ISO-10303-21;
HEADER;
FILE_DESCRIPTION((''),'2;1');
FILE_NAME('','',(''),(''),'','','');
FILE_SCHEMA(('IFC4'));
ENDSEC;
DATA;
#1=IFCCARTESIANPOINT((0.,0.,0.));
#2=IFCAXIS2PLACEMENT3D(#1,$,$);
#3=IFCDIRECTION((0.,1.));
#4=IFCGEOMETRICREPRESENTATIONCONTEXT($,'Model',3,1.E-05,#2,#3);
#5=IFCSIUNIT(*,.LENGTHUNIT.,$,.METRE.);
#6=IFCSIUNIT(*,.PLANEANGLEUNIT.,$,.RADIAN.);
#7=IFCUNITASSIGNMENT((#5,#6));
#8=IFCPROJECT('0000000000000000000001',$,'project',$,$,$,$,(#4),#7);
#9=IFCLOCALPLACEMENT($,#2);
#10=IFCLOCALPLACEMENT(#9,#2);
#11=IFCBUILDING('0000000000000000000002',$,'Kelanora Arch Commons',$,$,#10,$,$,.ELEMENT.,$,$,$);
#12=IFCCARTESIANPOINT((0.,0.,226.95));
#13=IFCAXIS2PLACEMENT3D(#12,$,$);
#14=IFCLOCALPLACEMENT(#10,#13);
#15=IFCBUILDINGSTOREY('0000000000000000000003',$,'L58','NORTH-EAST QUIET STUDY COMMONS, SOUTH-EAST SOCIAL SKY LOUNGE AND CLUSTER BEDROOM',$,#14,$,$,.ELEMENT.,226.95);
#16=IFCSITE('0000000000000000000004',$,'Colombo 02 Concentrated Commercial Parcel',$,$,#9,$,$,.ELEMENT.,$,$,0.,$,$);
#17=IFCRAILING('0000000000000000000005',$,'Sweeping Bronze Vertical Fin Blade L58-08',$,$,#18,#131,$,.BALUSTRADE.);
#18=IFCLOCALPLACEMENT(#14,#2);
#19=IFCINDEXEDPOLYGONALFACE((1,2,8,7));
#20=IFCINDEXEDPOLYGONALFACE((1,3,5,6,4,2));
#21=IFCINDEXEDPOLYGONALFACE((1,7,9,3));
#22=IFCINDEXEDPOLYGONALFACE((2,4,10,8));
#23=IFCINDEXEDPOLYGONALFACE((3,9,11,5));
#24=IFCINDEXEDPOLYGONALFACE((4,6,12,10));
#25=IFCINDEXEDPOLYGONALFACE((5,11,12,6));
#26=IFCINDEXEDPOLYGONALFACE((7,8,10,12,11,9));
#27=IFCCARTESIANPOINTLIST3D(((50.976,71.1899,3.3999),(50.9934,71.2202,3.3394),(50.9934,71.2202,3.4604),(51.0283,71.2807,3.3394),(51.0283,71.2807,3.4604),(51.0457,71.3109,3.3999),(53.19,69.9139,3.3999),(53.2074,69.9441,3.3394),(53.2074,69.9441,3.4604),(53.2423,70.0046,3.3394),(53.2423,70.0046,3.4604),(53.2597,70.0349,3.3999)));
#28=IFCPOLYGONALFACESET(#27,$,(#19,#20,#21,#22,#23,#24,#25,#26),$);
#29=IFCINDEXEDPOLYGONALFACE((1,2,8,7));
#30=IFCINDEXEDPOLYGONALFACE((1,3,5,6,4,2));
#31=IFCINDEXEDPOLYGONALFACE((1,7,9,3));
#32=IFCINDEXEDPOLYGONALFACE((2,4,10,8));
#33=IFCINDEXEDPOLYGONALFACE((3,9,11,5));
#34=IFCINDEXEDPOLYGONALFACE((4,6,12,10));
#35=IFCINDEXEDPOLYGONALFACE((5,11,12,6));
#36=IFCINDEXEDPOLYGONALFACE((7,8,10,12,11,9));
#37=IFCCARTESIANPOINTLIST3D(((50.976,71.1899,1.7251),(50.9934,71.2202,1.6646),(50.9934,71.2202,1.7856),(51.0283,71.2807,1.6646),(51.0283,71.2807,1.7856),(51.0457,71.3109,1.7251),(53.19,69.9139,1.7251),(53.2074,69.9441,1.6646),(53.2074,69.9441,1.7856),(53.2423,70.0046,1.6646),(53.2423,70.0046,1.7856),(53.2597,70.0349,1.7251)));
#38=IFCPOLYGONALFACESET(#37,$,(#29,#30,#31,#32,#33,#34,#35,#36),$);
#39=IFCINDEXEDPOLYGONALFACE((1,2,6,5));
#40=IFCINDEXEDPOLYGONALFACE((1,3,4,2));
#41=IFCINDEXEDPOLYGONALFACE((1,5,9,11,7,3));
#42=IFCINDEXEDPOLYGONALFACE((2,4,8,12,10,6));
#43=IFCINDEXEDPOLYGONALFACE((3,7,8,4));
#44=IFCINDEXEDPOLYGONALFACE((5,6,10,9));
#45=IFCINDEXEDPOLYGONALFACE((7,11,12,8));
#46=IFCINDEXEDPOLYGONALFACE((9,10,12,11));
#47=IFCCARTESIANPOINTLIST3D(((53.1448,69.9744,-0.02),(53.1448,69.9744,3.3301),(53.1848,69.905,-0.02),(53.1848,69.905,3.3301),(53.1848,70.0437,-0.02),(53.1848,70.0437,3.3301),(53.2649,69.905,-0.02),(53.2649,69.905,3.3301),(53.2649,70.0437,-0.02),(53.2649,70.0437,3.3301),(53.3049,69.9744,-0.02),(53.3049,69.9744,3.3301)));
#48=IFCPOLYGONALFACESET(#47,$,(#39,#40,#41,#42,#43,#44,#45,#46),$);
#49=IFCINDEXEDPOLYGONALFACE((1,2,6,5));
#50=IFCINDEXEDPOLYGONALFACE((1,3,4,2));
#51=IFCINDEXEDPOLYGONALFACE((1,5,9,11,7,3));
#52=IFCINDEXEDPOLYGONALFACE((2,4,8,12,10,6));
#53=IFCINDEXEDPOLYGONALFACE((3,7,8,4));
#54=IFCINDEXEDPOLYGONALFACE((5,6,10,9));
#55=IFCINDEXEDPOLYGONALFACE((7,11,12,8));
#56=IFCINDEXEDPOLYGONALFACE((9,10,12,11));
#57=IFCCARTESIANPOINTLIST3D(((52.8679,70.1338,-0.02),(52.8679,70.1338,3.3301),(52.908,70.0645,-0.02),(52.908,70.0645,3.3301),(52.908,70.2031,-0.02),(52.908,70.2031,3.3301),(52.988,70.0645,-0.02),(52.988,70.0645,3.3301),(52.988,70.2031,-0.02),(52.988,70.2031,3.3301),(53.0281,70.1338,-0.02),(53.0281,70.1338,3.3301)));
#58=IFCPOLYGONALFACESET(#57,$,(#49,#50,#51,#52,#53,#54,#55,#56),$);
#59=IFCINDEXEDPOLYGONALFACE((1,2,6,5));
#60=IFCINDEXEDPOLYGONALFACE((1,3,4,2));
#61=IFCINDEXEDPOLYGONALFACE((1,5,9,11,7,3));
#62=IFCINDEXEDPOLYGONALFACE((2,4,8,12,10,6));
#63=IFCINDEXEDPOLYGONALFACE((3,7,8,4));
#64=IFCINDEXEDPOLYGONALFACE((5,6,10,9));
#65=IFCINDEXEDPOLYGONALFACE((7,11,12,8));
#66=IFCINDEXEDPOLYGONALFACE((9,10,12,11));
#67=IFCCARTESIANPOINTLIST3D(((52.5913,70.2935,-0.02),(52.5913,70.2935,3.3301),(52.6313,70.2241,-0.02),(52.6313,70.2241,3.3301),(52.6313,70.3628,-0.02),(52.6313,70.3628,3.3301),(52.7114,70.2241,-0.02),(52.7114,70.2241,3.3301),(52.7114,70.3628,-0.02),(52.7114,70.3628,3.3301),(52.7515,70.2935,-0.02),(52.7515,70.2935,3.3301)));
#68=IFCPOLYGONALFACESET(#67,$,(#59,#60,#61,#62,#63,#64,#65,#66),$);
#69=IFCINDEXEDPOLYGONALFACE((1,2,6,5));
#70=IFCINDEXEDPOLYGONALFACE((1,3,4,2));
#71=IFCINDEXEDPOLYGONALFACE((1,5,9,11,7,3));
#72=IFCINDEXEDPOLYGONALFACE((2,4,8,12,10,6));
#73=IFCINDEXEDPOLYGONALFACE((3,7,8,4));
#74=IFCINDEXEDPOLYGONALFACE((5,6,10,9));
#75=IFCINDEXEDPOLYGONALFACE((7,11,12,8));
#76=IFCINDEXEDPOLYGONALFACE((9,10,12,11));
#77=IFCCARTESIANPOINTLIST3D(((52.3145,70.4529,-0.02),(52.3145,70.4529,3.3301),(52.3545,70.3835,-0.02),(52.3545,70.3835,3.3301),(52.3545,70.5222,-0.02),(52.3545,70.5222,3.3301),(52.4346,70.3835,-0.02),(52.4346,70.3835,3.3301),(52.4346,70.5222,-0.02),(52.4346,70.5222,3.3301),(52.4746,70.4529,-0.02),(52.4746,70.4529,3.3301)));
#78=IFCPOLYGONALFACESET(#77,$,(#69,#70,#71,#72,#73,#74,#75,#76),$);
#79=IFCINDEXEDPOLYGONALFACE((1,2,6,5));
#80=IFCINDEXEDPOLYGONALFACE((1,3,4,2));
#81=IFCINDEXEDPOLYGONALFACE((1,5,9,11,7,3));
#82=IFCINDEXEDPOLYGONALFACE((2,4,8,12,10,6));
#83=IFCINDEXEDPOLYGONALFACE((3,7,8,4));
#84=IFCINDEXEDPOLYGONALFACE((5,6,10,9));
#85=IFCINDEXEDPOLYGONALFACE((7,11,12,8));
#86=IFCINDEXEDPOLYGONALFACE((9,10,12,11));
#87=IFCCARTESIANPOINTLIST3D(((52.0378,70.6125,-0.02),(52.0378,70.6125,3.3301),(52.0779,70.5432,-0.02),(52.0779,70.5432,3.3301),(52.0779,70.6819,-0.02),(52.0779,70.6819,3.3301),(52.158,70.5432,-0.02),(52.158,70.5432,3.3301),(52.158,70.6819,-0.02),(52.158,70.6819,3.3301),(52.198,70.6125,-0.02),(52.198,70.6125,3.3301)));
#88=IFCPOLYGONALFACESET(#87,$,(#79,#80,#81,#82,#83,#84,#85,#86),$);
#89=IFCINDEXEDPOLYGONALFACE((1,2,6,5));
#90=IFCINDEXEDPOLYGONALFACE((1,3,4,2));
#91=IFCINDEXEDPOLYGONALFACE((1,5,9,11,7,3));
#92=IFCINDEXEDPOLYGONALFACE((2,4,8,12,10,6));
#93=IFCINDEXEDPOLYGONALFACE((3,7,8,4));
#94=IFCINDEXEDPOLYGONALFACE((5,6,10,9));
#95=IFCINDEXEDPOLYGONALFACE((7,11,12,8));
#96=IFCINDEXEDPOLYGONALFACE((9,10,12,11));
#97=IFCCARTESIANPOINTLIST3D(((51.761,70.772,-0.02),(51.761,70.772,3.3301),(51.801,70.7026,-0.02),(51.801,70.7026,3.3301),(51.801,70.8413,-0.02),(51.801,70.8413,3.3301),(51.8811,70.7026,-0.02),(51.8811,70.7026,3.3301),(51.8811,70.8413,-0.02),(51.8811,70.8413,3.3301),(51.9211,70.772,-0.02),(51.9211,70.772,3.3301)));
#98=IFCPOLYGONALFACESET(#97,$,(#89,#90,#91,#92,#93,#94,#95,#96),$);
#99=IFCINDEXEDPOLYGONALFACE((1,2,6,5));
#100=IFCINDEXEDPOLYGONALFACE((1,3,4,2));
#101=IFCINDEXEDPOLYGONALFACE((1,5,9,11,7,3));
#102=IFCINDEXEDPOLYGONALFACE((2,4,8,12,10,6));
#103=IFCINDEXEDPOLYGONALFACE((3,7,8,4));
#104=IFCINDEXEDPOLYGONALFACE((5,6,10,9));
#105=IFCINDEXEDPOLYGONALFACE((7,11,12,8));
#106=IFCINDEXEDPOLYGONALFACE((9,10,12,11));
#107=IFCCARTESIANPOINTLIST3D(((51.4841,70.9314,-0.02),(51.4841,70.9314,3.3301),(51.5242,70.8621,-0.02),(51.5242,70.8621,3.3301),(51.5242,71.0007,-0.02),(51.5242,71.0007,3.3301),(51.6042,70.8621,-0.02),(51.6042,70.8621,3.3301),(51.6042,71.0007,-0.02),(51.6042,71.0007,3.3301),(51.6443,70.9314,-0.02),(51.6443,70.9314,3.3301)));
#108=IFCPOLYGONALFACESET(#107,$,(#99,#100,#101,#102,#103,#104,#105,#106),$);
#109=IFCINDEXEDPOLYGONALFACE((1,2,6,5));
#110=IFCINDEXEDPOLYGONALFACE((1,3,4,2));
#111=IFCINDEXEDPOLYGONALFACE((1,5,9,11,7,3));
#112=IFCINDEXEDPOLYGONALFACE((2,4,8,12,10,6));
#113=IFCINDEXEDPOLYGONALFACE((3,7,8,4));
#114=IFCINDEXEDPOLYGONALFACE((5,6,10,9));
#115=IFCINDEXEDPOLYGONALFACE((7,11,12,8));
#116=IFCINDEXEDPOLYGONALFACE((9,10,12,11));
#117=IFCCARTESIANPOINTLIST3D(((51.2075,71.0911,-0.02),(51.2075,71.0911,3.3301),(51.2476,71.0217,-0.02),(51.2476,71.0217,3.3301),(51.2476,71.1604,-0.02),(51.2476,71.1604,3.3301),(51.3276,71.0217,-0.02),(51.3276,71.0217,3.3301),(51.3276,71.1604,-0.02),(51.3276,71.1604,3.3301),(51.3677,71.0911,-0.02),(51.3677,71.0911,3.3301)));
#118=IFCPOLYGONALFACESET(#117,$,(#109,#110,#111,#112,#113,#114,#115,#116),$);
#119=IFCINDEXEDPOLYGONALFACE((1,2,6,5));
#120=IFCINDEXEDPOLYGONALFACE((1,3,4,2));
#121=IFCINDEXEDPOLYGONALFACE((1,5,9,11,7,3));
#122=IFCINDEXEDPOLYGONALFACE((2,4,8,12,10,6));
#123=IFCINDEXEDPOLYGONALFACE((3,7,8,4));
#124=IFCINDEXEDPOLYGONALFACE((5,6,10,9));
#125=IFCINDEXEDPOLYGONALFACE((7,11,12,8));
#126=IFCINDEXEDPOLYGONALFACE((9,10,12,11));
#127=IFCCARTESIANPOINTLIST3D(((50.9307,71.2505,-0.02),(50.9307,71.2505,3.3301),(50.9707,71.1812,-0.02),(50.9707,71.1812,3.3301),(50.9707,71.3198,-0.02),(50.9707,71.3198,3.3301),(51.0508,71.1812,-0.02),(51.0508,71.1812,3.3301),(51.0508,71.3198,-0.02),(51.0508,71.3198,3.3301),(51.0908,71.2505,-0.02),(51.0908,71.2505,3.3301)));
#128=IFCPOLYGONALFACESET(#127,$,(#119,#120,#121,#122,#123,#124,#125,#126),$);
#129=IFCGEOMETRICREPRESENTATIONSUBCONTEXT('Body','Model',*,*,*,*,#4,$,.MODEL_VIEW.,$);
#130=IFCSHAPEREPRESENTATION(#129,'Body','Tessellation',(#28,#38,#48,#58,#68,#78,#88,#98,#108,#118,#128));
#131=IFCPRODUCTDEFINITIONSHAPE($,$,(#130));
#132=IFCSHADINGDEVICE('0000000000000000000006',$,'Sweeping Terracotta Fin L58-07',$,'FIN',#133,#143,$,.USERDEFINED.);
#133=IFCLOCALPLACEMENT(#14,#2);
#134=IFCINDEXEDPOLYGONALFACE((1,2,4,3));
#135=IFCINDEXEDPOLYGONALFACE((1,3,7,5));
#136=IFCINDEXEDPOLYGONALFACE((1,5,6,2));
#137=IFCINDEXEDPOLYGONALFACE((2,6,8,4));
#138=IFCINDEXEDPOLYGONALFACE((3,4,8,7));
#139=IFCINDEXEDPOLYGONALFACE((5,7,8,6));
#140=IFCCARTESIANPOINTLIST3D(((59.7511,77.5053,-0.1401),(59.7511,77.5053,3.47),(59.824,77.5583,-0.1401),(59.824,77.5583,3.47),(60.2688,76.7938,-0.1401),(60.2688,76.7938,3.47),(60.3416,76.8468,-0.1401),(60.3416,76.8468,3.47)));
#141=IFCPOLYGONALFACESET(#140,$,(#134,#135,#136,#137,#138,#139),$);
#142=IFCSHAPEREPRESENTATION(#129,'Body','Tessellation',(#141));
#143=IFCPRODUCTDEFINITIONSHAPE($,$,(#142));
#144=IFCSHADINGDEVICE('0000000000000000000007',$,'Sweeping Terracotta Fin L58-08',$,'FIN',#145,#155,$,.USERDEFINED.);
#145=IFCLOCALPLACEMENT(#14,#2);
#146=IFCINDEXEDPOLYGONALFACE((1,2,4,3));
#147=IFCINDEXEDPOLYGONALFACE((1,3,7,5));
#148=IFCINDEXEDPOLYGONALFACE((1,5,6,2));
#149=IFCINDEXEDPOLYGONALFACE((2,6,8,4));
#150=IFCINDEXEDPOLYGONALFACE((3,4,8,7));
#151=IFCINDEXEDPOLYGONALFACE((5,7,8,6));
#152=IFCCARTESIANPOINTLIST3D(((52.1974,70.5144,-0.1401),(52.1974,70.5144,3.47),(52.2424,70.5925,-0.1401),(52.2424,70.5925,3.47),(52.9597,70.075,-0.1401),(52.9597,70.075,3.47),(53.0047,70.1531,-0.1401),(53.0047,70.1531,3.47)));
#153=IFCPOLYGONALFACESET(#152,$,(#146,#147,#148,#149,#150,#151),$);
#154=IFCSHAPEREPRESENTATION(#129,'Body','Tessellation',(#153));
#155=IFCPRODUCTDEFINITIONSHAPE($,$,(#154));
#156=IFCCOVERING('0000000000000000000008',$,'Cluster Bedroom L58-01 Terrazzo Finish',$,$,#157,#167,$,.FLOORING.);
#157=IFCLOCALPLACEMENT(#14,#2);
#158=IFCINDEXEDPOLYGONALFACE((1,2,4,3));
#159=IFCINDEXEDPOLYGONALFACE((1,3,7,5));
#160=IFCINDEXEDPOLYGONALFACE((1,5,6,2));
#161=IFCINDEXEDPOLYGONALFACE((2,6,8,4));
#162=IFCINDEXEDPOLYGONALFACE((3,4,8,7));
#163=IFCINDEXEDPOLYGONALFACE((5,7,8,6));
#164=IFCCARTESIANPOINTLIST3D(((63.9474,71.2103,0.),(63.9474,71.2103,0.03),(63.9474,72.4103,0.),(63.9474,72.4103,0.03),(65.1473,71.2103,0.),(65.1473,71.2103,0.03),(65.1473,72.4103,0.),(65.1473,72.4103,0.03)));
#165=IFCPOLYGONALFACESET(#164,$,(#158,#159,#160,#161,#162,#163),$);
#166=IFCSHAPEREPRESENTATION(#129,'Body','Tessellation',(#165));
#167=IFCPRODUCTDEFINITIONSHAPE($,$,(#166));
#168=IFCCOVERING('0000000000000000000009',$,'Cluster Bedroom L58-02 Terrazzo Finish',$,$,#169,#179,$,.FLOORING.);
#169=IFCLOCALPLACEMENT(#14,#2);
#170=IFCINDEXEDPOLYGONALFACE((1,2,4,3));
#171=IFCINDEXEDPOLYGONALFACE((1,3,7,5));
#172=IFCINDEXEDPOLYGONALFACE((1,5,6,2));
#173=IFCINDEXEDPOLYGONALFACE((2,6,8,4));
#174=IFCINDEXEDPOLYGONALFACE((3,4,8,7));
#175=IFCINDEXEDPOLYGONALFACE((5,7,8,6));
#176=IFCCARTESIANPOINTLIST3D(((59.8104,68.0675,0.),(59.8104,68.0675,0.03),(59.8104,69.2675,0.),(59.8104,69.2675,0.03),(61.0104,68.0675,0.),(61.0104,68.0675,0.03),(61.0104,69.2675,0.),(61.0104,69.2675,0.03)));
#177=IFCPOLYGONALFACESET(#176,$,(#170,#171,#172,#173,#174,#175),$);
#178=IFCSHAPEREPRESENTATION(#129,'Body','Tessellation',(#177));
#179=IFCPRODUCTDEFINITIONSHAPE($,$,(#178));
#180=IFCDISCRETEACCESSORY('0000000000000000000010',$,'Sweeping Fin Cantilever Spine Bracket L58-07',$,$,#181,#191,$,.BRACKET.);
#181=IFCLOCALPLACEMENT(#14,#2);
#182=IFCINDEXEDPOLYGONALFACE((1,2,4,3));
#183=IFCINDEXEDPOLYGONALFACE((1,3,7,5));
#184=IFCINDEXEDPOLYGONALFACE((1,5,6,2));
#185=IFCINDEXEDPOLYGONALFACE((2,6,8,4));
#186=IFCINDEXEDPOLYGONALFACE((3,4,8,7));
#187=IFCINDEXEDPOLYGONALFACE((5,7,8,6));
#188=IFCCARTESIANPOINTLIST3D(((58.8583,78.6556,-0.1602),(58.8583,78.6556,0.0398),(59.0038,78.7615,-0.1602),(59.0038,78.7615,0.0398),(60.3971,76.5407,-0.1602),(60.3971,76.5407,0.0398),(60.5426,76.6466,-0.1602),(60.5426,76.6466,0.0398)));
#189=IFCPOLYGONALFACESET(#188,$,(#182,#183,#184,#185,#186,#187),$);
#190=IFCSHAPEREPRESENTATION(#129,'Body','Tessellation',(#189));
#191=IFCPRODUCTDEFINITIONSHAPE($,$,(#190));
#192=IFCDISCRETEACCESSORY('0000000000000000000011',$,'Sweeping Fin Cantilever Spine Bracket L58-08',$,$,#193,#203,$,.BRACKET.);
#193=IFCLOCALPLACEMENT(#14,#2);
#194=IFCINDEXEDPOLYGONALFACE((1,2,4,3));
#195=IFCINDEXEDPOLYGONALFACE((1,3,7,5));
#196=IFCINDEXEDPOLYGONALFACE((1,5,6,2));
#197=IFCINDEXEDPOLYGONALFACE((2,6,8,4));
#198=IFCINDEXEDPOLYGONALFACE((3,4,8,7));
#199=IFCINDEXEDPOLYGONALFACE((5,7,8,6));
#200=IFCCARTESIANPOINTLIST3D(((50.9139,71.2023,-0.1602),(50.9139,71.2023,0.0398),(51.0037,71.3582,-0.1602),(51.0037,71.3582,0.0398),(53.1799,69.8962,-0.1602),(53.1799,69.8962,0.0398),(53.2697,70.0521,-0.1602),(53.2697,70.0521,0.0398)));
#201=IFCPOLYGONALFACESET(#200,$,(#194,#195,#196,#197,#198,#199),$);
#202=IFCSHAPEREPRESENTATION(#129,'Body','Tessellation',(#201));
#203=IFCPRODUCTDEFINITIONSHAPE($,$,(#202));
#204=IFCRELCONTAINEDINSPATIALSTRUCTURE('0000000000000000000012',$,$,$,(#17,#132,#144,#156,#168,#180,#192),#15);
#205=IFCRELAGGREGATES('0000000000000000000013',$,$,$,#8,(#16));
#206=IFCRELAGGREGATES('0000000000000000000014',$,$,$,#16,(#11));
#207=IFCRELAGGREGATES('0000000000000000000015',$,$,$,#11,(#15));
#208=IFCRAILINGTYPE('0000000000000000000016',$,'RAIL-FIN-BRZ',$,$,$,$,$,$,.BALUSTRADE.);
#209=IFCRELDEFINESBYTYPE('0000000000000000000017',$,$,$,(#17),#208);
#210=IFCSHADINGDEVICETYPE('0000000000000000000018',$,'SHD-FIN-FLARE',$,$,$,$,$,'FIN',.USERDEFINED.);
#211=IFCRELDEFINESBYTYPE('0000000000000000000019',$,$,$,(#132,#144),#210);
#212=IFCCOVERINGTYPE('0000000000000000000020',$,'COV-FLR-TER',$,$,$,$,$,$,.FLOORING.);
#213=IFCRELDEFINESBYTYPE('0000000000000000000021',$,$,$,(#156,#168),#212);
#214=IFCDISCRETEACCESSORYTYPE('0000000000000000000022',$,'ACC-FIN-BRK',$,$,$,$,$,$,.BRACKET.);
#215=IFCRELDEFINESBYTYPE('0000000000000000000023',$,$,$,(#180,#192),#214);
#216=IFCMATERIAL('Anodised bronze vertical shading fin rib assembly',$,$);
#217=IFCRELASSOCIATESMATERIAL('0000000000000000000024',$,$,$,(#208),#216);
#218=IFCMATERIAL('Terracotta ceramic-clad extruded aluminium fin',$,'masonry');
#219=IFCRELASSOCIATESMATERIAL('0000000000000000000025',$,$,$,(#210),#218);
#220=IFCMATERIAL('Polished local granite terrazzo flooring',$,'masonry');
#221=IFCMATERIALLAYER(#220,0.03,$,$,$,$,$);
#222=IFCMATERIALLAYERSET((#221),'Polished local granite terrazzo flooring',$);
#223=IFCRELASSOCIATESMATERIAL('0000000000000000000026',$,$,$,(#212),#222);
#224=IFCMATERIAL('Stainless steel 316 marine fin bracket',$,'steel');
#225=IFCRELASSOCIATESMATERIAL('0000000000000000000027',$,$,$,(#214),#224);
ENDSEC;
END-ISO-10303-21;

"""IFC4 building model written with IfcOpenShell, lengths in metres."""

from ifc_helpers import new_model, si_unit, direction, frame, origin, origin_2d, place, context, subcontext, project, spatial, polyline, rectangle, outline, extrude, source, transform, mapped, material, layer, layer_set, type_object, element, save


model = new_model("IFC4")

# Units and contexts
model_context = context("Model", 3, precision=1e-05, world=origin(), true_north=direction((0.0, 1.0)))
body_context = subcontext(model_context, "Body", "Model", "MODEL_VIEW")
ifc_project = project(units=[si_unit("LENGTHUNIT", "METRE"), si_unit("PLANEANGLEUNIT", "RADIAN")], contexts=[model_context])

# Site, building, storey
site_placement = place(None, origin())
site = spatial("IfcSite", under=ifc_project, at=site_placement, Name="Colombo 02 Concentrated Commercial Parcel", CompositionType="ELEMENT", RefElevation=0.0)
building_placement = place(site_placement, origin())
building = spatial("IfcBuilding", under=site, at=building_placement, Name="Kelanora Arch Commons", CompositionType="ELEMENT")
storey_placement = place(building_placement, frame((0.0, 0.0, 226.95)))
storey = spatial("IfcBuildingStorey", under=building, at=storey_placement, Name="L58", Description="NORTH-EAST QUIET STUDY COMMONS, SOUTH-EAST SOCIAL SKY LOUNGE AND CLUSTER BEDROOM", CompositionType="ELEMENT", Elevation=226.95)

# Railing
ifc_material_1 = material(Name="Anodised bronze vertical shading fin rib assembly")
railing_type = type_object("IfcRailingType", Name="RAIL-FIN-BRZ", PredefinedType="BALUSTRADE", material=ifc_material_1)
railing_1_placement = place(storey_placement, frame((53.2249, 69.9744, -0.02)))
element("IfcRailing", 1, at=railing_1_placement, inside=storey, type_object=railing_type, Name="Sweeping Bronze Vertical Fin Blade L58-08", PredefinedType="BALUSTRADE", context=body_context, shape_type="SweptSolid", body=[
    extrude(outline(polyline([(0.0698, 0.0), (0.0349, 0.0605), (-0.0349, 0.0605), (-0.0698, 0.0), (-0.0349, -0.0605), (0.0349, -0.0605), (0.0698, 0.0)])), frame((0.0, 0.0, 3.4199), z_axis=(-0.866397, 0.499356, 0.0), x_axis=(-0.499356, -0.866397, 0.0)), (0.0, 0.0, 1.0), 2.5554),
    extrude(outline(polyline([(0.0698, 0.0), (0.0349, 0.0605), (-0.0349, 0.0605), (-0.0698, 0.0), (-0.0349, -0.0605), (0.0349, -0.0605), (0.0698, 0.0)])), frame((0.0, 0.0, 1.7451), z_axis=(-0.866397, 0.499356, 0.0), x_axis=(-0.499356, -0.866397, 0.0)), (0.0, 0.0, 1.0), 2.5554),
    extrude(outline(polyline([(0.0801, 0.0), (0.04, 0.0693), (-0.04, 0.0693), (-0.0801, 0.0), (-0.04, -0.0693), (0.04, -0.0693), (0.0801, 0.0)])), origin(), (0.0, 0.0, 1.0), 3.3501),
    extrude(outline(polyline([(0.0801, 0.0), (0.04, 0.0693), (-0.04, 0.0693), (-0.0801, 0.0), (-0.04, -0.0693), (0.04, -0.0693), (0.0801, 0.0)])), frame((-0.2769, 0.1594, 0.0)), (0.0, 0.0, 1.0), 3.3501),
    extrude(outline(polyline([(0.0801, 0.0), (0.04, 0.0693), (-0.04, 0.0693), (-0.0801, 0.0), (-0.04, -0.0693), (0.04, -0.0693), (0.0801, 0.0)])), frame((-0.5535, 0.3191, 0.0)), (0.0, 0.0, 1.0), 3.3501),
    extrude(outline(polyline([(0.0801, 0.0), (0.04, 0.0693), (-0.04, 0.0693), (-0.0801, 0.0), (-0.04, -0.0693), (0.04, -0.0693), (0.0801, 0.0)])), frame((-0.8303, 0.4785, 0.0)), (0.0, 0.0, 1.0), 3.3501),
    extrude(outline(polyline([(0.0801, 0.0), (0.04, 0.0693), (-0.04, 0.0693), (-0.0801, 0.0), (-0.04, -0.0693), (0.04, -0.0693), (0.0801, 0.0)])), frame((-1.1069, 0.6382, 0.0)), (0.0, 0.0, 1.0), 3.3501),
    extrude(outline(polyline([(0.0801, 0.0), (0.04, 0.0693), (-0.04, 0.0693), (-0.0801, 0.0), (-0.04, -0.0693), (0.04, -0.0693), (0.0801, 0.0)])), frame((-1.3838, 0.7976, 0.0)), (0.0, 0.0, 1.0), 3.3501),
    extrude(outline(polyline([(0.0801, 0.0), (0.04, 0.0693), (-0.04, 0.0693), (-0.0801, 0.0), (-0.04, -0.0693), (0.04, -0.0693), (0.0801, 0.0)])), frame((-1.6606, 0.957, 0.0)), (0.0, 0.0, 1.0), 3.3501),
    extrude(outline(polyline([(0.0801, 0.0), (0.04, 0.0693), (-0.04, 0.0693), (-0.0801, 0.0), (-0.04, -0.0693), (0.04, -0.0693), (0.0801, 0.0)])), frame((-1.9373, 1.1167, 0.0)), (0.0, 0.0, 1.0), 3.3501),
    extrude(outline(polyline([(0.0801, 0.0), (0.04, 0.0693), (-0.04, 0.0693), (-0.0801, 0.0), (-0.04, -0.0693), (0.04, -0.0693), (0.0801, 0.0)])), frame((-2.2141, 1.2761, 0.0)), (0.0, 0.0, 1.0), 3.3501),
])

# Shading devices
ifc_material_2 = material(Name="Terracotta ceramic-clad extruded aluminium fin", Category="masonry")
shading_device_type = type_object("IfcShadingDeviceType", Name="SHD-FIN-FLARE", ElementType="FIN", PredefinedType="USERDEFINED", material=ifc_material_2)
shared_shape_1 = source(origin(), body_context, "Body", "SweptSolid", [
    extrude(rectangle(XDim=0.8799, YDim=0.0901, at=origin_2d()), origin(), (0.0, 0.0, 1.0), 3.6101),
])
for number, where, z_axis, x_axis, name in (
    (2, (60.0464, 77.176, -0.1401), (0.0, 0.0, 1.0), (-0.58835, 0.808606, 0.0), "Sweeping Terracotta Fin L58-07"),
    (3, (52.6011, 70.3337, -0.1401), (0.0, 0.0, 1.0), (-0.866374, 0.499395, 0.0), "Sweeping Terracotta Fin L58-08"),
):
    element("IfcShadingDevice", number, at=place(storey_placement, frame(where, z_axis=z_axis, x_axis=x_axis)), inside=storey, type_object=shading_device_type, Name=name, ObjectType="FIN", PredefinedType="USERDEFINED", context=body_context, shape_type="MappedRepresentation", body=[
        mapped(shared_shape_1, transform((0.0, 0.0, 0.0), scale=1.0)),
    ])

# Coverings
ifc_material_3 = material(Name="Polished local granite terrazzo flooring", Category="masonry")
ifc_layer_1 = layer(ifc_material_3, 0.03)
ifc_layer_set_1 = layer_set([ifc_layer_1], Name="Polished local granite terrazzo flooring")
covering_type = type_object("IfcCoveringType", Name="COV-FLR-TER", PredefinedType="FLOORING", material=ifc_layer_set_1)
shared_shape_2 = source(origin(), body_context, "Body", "SweptSolid", [
    extrude(rectangle(XDim=1.2, YDim=1.2, at=origin_2d()), origin(), (0.0, 0.0, 1.0), 0.03),
])
for number, where, z_axis, x_axis, name in (
    (4, (64.5474, 71.8103, 0.0), (0.0, 0.0, 1.0), (1.0, 0.0, 0.0), "Cluster Bedroom L58-01 Terrazzo Finish"),
    (5, (60.4104, 68.6675, 0.0), (0.0, 0.0, 1.0), (1.0, 0.0, 0.0), "Cluster Bedroom L58-02 Terrazzo Finish"),
):
    element("IfcCovering", number, at=place(storey_placement, frame(where, z_axis=z_axis, x_axis=x_axis)), inside=storey, type_object=covering_type, Name=name, PredefinedType="FLOORING", context=body_context, shape_type="MappedRepresentation", body=[
        mapped(shared_shape_2, transform((0.0, 0.0, 0.0), scale=1.0)),
    ])

# Discrete accessories
ifc_material_4 = material(Name="Stainless steel 316 marine fin bracket", Category="steel")
discrete_accessory_type = type_object("IfcDiscreteAccessoryType", Name="ACC-FIN-BRK", PredefinedType="BRACKET", material=ifc_material_4)
shared_shape_3 = source(origin(), body_context, "Body", "SweptSolid", [
    extrude(rectangle(XDim=2.6155, YDim=0.1799, at=origin_2d()), origin(), (0.0, 0.0, 1.0), 0.2),
])
for number, where, z_axis, x_axis, name in (
    (6, (59.7004, 77.6511, -0.1602), (0.0, 0.0, 1.0), (-0.58835, 0.808606, 0.0), "Sweeping Fin Cantilever Spine Bracket L58-07"),
    (7, (52.0918, 70.6272, -0.1602), (0.0, 0.0, 1.0), (-0.866374, 0.499395, 0.0), "Sweeping Fin Cantilever Spine Bracket L58-08"),
):
    element("IfcDiscreteAccessory", number, at=place(storey_placement, frame(where, z_axis=z_axis, x_axis=x_axis)), inside=storey, type_object=discrete_accessory_type, Name=name, PredefinedType="BRACKET", context=body_context, shape_type="MappedRepresentation", body=[
        mapped(shared_shape_3, transform((0.0, 0.0, 0.0), scale=1.0)),
    ])

save(model, "model.ifc")
